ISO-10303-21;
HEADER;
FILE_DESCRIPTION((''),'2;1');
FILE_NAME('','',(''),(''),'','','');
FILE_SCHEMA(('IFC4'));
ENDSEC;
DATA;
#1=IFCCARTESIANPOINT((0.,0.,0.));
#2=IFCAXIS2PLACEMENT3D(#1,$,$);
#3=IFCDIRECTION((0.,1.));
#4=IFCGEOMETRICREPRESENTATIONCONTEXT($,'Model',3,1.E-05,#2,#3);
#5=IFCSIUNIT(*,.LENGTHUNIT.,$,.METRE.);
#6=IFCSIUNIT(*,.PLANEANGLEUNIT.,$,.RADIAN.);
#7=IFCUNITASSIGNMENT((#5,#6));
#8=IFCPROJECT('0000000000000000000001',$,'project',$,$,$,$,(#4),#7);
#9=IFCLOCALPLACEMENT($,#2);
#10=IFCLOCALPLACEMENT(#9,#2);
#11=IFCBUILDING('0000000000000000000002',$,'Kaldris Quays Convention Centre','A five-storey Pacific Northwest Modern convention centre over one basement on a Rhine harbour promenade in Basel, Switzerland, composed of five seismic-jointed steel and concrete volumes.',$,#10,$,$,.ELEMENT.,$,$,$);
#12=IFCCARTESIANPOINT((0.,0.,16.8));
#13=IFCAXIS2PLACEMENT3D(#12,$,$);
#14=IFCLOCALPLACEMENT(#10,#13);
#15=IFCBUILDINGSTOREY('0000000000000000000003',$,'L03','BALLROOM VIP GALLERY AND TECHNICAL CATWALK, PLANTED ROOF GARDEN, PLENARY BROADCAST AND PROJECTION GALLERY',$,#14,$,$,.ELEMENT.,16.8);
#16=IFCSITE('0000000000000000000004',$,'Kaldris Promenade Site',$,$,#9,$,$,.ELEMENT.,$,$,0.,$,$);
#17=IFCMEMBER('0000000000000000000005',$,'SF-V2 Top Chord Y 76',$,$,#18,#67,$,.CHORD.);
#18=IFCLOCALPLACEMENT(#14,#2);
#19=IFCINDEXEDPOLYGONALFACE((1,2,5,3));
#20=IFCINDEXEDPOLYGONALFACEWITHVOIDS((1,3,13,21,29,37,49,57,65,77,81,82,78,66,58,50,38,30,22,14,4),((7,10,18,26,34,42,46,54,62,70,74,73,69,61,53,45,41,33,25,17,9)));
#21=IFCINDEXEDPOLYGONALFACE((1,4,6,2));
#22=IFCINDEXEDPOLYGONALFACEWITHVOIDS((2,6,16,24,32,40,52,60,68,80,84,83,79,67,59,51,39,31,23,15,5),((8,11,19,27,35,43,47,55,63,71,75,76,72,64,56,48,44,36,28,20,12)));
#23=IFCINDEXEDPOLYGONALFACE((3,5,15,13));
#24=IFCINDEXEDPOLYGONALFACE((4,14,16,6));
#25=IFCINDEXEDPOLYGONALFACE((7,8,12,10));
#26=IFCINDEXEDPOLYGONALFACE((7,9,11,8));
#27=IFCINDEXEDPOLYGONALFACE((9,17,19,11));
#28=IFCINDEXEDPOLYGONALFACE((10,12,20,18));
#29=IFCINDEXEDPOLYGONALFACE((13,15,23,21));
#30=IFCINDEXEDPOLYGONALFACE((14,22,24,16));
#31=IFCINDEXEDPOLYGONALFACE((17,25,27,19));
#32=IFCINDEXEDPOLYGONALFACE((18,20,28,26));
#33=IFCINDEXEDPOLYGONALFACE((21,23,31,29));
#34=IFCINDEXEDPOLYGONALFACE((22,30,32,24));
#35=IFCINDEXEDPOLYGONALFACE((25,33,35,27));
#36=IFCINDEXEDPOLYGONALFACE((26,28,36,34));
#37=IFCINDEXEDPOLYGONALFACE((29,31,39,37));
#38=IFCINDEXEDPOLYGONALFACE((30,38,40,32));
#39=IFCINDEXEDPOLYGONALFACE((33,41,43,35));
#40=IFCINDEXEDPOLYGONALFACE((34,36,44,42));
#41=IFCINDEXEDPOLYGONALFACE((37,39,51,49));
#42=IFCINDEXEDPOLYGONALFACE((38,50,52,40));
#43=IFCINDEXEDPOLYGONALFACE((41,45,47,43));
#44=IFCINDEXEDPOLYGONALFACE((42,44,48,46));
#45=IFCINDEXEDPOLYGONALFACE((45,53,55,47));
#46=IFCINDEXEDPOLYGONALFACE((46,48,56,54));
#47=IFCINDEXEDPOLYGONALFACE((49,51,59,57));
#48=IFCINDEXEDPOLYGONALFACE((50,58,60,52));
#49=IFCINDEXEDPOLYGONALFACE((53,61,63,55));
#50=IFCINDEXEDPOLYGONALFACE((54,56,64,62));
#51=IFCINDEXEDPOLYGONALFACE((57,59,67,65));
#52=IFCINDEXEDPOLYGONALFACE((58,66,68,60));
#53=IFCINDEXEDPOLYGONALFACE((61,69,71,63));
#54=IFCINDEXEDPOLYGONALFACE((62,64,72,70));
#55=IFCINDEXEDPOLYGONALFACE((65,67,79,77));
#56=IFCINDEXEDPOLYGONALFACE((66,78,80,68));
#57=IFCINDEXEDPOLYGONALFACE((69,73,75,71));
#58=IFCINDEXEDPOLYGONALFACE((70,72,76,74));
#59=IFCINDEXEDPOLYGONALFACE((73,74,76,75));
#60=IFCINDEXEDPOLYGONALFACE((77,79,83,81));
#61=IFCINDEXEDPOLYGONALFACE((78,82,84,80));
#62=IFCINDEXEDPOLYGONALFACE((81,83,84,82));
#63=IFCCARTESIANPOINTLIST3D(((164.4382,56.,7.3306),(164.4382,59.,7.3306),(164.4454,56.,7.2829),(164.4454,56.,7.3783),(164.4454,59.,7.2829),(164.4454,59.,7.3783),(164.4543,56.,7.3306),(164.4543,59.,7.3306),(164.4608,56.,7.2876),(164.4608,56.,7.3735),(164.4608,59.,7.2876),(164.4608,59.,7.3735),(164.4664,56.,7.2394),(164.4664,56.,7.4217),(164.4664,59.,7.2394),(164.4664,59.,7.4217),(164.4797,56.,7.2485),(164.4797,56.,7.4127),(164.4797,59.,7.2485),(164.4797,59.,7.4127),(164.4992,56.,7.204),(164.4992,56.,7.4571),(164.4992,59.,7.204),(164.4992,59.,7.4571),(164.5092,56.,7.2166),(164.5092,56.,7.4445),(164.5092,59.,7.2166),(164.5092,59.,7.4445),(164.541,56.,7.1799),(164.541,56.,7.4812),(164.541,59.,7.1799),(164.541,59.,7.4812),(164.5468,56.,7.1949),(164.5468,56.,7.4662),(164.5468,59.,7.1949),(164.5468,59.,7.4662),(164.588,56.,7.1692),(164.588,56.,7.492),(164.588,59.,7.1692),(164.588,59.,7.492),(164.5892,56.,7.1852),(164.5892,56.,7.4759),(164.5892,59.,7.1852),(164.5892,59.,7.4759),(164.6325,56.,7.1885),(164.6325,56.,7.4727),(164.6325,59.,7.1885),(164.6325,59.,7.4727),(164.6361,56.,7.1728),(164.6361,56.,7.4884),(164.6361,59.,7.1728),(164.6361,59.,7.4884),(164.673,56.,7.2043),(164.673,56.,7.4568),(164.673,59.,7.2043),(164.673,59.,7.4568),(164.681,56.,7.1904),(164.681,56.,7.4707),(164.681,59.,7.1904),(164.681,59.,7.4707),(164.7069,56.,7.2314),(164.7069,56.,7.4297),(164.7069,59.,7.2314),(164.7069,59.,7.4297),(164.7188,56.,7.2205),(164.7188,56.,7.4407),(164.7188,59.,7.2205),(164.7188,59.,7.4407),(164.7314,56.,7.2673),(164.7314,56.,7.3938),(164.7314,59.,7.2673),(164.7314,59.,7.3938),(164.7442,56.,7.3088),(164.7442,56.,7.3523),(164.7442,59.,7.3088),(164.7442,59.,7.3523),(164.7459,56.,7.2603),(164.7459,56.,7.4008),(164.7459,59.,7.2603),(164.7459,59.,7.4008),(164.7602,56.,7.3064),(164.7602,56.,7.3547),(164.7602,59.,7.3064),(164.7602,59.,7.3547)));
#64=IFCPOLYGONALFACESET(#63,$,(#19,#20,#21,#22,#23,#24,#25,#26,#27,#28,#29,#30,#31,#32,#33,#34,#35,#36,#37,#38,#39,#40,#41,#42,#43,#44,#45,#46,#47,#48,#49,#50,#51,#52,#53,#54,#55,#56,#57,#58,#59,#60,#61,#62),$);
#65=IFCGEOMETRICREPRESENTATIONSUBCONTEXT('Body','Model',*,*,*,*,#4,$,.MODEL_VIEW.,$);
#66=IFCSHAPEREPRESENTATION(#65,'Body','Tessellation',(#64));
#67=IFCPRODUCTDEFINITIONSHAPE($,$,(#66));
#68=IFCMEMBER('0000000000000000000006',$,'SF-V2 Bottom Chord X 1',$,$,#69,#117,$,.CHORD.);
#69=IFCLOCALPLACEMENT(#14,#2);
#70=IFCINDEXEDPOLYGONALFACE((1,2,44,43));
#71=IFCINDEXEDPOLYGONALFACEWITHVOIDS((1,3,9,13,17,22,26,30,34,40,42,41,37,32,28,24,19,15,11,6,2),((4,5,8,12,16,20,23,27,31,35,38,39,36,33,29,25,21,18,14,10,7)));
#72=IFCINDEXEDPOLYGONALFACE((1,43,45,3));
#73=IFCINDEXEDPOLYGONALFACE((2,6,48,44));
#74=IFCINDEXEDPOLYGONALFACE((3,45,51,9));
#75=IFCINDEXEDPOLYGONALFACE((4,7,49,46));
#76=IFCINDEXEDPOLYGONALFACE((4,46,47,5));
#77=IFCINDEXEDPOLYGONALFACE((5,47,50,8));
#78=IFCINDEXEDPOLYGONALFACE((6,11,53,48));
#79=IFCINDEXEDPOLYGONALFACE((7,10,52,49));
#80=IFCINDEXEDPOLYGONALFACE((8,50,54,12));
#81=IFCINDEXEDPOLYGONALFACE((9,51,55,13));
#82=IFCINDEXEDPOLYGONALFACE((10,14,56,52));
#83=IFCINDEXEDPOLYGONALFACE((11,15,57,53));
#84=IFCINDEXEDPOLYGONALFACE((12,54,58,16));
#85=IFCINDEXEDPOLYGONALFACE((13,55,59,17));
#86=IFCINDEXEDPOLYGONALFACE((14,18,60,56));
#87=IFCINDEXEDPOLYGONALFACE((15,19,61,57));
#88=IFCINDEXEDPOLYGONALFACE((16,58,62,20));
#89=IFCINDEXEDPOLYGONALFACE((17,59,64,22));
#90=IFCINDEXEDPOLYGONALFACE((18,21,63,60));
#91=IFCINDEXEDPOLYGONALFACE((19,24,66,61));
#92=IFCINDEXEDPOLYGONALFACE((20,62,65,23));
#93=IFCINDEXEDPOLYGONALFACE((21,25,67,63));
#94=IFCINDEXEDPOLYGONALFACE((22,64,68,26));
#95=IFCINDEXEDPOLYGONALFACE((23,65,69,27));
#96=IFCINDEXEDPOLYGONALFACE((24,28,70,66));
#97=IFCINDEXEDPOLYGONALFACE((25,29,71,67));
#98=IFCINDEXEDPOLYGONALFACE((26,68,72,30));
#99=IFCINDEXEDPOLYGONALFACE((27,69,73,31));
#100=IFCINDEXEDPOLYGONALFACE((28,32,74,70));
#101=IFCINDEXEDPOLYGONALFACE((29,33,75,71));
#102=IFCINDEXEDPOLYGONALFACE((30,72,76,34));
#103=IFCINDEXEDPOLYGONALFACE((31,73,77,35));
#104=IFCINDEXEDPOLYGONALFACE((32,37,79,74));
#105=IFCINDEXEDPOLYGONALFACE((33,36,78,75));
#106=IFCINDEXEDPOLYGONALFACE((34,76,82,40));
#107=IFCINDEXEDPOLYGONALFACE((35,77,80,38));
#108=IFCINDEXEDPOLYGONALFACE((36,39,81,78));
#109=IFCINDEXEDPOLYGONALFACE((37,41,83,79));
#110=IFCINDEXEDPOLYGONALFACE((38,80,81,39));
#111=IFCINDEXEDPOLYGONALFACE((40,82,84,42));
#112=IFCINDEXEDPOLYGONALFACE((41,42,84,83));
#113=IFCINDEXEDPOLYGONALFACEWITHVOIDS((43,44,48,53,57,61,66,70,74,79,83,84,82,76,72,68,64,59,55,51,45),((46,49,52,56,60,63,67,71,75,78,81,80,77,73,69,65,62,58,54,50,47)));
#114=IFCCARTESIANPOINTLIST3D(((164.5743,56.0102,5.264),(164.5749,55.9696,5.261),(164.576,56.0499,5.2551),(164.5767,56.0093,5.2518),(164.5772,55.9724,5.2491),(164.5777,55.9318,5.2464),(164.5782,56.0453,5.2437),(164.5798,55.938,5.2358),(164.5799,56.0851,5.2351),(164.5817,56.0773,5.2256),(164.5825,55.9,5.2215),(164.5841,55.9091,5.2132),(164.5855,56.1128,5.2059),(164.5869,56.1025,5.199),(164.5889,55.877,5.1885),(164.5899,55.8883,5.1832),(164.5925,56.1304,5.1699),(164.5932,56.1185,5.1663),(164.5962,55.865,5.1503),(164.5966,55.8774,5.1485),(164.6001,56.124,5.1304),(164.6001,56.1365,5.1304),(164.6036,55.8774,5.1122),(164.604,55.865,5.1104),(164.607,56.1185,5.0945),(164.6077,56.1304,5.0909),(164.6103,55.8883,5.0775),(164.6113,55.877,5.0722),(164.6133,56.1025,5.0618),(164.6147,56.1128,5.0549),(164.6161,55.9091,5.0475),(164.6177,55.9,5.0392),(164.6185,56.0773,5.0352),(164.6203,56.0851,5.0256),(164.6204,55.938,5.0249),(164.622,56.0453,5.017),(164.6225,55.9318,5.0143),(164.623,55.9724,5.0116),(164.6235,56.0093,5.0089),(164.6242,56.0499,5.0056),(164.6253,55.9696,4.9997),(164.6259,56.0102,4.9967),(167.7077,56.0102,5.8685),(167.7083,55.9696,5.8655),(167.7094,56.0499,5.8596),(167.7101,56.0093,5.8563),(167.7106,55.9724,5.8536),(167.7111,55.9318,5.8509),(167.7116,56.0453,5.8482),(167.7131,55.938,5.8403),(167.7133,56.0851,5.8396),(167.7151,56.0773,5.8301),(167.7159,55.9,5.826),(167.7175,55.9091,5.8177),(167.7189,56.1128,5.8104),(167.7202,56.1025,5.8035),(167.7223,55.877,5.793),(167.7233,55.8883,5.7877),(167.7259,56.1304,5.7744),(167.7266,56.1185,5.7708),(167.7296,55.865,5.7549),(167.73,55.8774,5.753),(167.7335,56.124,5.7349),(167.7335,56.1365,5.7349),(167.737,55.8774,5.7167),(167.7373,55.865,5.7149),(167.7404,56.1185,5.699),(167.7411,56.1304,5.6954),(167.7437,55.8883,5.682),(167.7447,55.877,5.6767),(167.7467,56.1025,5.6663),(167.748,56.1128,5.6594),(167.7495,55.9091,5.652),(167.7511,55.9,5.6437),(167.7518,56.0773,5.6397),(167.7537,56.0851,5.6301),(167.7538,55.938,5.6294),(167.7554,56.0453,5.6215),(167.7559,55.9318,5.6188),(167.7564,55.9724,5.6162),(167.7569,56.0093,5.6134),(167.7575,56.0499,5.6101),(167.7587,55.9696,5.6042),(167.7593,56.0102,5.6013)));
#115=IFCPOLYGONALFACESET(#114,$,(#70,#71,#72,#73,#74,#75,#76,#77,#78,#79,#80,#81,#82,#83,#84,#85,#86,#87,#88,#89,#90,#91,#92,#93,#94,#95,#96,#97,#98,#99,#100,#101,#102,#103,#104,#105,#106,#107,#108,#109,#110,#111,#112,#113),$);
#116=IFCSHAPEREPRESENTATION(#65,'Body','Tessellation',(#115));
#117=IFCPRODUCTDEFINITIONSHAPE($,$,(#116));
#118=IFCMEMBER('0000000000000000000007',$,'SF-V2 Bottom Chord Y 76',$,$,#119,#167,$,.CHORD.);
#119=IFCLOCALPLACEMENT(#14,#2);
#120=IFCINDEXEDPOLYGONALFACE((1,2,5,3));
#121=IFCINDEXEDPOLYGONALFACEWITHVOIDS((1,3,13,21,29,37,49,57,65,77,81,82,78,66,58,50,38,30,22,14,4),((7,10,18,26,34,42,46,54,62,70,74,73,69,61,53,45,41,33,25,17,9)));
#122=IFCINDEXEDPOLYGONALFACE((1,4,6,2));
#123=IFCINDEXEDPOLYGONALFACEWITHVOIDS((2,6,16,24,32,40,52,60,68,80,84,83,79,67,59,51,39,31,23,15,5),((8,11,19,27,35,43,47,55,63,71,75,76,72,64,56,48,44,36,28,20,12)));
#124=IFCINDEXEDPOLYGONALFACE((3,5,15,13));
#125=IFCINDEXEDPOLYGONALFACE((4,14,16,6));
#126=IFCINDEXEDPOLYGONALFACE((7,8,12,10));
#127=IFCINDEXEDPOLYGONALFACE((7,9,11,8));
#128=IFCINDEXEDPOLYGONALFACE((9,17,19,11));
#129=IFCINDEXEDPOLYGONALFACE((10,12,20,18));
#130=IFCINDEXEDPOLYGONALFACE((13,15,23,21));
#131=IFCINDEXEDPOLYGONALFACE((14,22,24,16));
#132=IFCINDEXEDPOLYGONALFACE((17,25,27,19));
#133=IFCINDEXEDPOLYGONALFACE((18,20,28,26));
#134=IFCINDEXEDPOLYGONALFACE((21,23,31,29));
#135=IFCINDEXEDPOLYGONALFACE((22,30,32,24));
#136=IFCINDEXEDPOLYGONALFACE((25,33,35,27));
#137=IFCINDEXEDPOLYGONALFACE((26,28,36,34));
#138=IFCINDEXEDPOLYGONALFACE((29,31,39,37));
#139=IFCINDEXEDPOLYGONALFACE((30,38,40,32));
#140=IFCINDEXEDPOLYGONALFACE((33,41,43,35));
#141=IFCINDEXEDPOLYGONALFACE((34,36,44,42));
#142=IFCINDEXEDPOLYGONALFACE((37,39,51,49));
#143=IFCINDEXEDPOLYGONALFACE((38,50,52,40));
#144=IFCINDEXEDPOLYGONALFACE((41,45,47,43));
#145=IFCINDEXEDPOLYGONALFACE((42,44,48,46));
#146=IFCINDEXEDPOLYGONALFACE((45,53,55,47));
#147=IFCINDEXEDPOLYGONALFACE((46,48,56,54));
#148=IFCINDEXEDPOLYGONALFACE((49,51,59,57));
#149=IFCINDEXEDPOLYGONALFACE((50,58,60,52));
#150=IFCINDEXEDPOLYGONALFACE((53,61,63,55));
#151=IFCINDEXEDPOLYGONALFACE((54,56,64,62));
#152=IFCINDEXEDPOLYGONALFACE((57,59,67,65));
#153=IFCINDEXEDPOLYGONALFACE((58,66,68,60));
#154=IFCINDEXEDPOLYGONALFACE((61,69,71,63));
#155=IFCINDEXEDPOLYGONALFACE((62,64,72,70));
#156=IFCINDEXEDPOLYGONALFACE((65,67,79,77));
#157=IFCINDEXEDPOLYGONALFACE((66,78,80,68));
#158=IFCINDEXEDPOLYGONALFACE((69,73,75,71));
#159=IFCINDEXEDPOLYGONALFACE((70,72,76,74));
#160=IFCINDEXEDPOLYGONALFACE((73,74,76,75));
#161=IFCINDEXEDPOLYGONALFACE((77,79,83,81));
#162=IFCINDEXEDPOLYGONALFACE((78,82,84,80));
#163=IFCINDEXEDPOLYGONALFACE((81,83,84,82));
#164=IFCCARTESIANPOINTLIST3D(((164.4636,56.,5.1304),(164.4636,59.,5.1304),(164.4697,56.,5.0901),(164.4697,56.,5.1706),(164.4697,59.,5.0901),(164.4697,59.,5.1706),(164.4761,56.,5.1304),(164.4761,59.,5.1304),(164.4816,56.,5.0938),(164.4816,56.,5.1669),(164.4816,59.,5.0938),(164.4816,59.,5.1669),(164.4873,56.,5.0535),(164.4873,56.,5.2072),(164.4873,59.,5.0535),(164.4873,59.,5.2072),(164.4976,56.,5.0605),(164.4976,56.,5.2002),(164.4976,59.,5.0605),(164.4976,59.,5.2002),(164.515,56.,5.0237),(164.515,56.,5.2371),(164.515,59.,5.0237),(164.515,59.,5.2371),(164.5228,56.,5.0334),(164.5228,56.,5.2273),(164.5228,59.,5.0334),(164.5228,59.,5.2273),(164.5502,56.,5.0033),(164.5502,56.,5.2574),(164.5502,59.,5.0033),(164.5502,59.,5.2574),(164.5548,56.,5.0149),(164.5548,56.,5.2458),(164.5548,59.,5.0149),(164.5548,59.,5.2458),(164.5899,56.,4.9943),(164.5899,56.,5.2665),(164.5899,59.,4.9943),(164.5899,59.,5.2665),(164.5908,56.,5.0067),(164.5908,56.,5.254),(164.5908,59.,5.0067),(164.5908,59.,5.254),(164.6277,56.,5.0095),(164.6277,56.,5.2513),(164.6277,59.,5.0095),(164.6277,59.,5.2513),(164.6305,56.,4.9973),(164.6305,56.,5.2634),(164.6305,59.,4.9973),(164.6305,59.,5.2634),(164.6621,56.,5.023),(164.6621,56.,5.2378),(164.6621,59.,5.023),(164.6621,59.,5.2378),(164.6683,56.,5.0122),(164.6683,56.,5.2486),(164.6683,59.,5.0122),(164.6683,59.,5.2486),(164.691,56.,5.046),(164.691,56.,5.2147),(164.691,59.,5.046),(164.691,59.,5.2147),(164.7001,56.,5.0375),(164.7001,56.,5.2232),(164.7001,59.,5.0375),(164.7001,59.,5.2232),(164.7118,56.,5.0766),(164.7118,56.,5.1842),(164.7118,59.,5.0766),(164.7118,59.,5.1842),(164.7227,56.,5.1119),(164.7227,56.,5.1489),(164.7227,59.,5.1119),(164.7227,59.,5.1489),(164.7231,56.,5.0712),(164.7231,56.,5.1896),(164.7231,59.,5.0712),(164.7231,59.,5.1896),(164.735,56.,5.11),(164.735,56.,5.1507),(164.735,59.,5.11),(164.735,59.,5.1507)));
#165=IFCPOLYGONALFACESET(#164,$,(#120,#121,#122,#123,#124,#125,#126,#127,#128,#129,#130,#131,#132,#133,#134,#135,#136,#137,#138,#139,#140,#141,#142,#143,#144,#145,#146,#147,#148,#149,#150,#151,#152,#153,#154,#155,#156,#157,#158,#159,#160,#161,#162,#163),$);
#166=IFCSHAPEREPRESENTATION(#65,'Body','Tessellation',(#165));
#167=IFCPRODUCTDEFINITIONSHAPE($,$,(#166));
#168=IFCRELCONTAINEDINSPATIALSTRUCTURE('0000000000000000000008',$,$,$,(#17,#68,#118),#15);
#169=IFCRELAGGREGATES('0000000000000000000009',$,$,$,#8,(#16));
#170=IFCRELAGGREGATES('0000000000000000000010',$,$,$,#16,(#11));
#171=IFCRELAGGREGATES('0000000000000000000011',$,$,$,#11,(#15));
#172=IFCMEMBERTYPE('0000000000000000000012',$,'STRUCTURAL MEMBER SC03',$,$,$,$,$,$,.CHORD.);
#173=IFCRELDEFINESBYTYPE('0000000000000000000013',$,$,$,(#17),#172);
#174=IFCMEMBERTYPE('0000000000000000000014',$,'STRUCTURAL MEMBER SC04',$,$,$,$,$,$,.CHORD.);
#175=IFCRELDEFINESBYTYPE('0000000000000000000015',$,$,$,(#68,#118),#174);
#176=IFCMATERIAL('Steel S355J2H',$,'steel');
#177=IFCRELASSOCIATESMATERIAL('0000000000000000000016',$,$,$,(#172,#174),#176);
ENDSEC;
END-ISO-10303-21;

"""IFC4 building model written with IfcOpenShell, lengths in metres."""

from ifc_helpers import new_model, si_unit, direction, frame, origin, origin_2d, place, context, subcontext, project, spatial, hollow_circle, extrude, material, material_profile, profile_set, type_object, element, save


model = new_model("IFC4")

# Units and contexts
model_context = context("Model", 3, precision=1e-05, world=origin(), true_north=direction((0.0, 1.0)))
body_context = subcontext(model_context, "Body", "Model", "MODEL_VIEW")
ifc_project = project(units=[si_unit("LENGTHUNIT", "METRE"), si_unit("PLANEANGLEUNIT", "RADIAN")], contexts=[model_context])

# Site, building, storey
site_placement = place(None, origin())
site = spatial("IfcSite", under=ifc_project, at=site_placement, Name="Kaldris Promenade Site", CompositionType="ELEMENT", RefElevation=0.0)
building_placement = place(site_placement, origin())
building = spatial("IfcBuilding", under=site, at=building_placement, Name="Kaldris Quays Convention Centre", Description="A five-storey Pacific Northwest Modern convention centre over one basement on a Rhine harbour promenade in Basel, Switzerland, composed of five seismic-jointed steel and concrete volumes.", CompositionType="ELEMENT")
storey_placement = place(building_placement, frame((0.0, 0.0, 16.8)))
storey = spatial("IfcBuildingStorey", under=building, at=storey_placement, Name="L03", Description="BALLROOM VIP GALLERY AND TECHNICAL CATWALK, PLANTED ROOF GARDEN, PLENARY BROADCAST AND PROJECTION GALLERY", CompositionType="ELEMENT", Elevation=16.8)

# Members
ifc_material_1 = material(Name="Steel S355J2H", Category="steel")
ifc_material_profile_1 = material_profile(ifc_material_1, hollow_circle(Radius=0.1619, WallThickness=0.0161, at=origin_2d()), Name="CHS 323.9x16")
ifc_profile_set_1 = profile_set([ifc_material_profile_1], Name="Steel S355J2H")
member_type_1 = type_object("IfcMemberType", Name="STRUCTURAL MEMBER SC03", PredefinedType="CHORD", material=ifc_profile_set_1)
member_1_placement = place(storey_placement, frame((164.6001, 56.0, 7.3306), z_axis=(0.0, 1.0, 0.0), x_axis=(-1.0, 0.0, 0.0)))
element("IfcMember", 1, at=member_1_placement, inside=storey, type_object=member_type_1, Name="SF-V2 Top Chord Y 76", PredefinedType="CHORD", context=body_context, shape_type="SweptSolid", body=[
    extrude(hollow_circle(Radius=0.1619, WallThickness=0.0161, at=origin_2d()), origin(), (0.0, 0.0, 1.0), 3.0),
])
ifc_material_profile_2 = material_profile(ifc_material_1, hollow_circle(Radius=0.1365, WallThickness=0.0125, at=origin_2d()), Name="CHS 273x12.5")
ifc_profile_set_2 = profile_set([ifc_material_profile_2], Name="Steel S355J2H")
member_type_2 = type_object("IfcMemberType", Name="STRUCTURAL MEMBER SC04", PredefinedType="CHORD", material=ifc_profile_set_2)
member_2_placement = place(storey_placement, frame((164.6001, 56.0, 5.1304), z_axis=(0.981894, 0.0, 0.189432), x_axis=(0.0, 1.0, 0.0)))
element("IfcMember", 2, at=member_2_placement, inside=storey, type_object=member_type_2, Name="SF-V2 Bottom Chord X 1", PredefinedType="CHORD", context=body_context, shape_type="SweptSolid", body=[
    extrude(hollow_circle(Radius=0.1365, WallThickness=0.0125, at=origin_2d()), origin(), (0.0, 0.0, 1.0), 3.1912),
])
member_3_placement = place(storey_placement, frame((164.6001, 56.0, 5.1304), z_axis=(0.0, 1.0, 0.0), x_axis=(-1.0, 0.0, 0.0)))
element("IfcMember", 3, at=member_3_placement, inside=storey, type_object=member_type_2, Name="SF-V2 Bottom Chord Y 76", PredefinedType="CHORD", context=body_context, shape_type="SweptSolid", body=[
    extrude(hollow_circle(Radius=0.1365, WallThickness=0.0125, at=origin_2d()), origin(), (0.0, 0.0, 1.0), 3.0),
])

save(model, "model.ifc")
